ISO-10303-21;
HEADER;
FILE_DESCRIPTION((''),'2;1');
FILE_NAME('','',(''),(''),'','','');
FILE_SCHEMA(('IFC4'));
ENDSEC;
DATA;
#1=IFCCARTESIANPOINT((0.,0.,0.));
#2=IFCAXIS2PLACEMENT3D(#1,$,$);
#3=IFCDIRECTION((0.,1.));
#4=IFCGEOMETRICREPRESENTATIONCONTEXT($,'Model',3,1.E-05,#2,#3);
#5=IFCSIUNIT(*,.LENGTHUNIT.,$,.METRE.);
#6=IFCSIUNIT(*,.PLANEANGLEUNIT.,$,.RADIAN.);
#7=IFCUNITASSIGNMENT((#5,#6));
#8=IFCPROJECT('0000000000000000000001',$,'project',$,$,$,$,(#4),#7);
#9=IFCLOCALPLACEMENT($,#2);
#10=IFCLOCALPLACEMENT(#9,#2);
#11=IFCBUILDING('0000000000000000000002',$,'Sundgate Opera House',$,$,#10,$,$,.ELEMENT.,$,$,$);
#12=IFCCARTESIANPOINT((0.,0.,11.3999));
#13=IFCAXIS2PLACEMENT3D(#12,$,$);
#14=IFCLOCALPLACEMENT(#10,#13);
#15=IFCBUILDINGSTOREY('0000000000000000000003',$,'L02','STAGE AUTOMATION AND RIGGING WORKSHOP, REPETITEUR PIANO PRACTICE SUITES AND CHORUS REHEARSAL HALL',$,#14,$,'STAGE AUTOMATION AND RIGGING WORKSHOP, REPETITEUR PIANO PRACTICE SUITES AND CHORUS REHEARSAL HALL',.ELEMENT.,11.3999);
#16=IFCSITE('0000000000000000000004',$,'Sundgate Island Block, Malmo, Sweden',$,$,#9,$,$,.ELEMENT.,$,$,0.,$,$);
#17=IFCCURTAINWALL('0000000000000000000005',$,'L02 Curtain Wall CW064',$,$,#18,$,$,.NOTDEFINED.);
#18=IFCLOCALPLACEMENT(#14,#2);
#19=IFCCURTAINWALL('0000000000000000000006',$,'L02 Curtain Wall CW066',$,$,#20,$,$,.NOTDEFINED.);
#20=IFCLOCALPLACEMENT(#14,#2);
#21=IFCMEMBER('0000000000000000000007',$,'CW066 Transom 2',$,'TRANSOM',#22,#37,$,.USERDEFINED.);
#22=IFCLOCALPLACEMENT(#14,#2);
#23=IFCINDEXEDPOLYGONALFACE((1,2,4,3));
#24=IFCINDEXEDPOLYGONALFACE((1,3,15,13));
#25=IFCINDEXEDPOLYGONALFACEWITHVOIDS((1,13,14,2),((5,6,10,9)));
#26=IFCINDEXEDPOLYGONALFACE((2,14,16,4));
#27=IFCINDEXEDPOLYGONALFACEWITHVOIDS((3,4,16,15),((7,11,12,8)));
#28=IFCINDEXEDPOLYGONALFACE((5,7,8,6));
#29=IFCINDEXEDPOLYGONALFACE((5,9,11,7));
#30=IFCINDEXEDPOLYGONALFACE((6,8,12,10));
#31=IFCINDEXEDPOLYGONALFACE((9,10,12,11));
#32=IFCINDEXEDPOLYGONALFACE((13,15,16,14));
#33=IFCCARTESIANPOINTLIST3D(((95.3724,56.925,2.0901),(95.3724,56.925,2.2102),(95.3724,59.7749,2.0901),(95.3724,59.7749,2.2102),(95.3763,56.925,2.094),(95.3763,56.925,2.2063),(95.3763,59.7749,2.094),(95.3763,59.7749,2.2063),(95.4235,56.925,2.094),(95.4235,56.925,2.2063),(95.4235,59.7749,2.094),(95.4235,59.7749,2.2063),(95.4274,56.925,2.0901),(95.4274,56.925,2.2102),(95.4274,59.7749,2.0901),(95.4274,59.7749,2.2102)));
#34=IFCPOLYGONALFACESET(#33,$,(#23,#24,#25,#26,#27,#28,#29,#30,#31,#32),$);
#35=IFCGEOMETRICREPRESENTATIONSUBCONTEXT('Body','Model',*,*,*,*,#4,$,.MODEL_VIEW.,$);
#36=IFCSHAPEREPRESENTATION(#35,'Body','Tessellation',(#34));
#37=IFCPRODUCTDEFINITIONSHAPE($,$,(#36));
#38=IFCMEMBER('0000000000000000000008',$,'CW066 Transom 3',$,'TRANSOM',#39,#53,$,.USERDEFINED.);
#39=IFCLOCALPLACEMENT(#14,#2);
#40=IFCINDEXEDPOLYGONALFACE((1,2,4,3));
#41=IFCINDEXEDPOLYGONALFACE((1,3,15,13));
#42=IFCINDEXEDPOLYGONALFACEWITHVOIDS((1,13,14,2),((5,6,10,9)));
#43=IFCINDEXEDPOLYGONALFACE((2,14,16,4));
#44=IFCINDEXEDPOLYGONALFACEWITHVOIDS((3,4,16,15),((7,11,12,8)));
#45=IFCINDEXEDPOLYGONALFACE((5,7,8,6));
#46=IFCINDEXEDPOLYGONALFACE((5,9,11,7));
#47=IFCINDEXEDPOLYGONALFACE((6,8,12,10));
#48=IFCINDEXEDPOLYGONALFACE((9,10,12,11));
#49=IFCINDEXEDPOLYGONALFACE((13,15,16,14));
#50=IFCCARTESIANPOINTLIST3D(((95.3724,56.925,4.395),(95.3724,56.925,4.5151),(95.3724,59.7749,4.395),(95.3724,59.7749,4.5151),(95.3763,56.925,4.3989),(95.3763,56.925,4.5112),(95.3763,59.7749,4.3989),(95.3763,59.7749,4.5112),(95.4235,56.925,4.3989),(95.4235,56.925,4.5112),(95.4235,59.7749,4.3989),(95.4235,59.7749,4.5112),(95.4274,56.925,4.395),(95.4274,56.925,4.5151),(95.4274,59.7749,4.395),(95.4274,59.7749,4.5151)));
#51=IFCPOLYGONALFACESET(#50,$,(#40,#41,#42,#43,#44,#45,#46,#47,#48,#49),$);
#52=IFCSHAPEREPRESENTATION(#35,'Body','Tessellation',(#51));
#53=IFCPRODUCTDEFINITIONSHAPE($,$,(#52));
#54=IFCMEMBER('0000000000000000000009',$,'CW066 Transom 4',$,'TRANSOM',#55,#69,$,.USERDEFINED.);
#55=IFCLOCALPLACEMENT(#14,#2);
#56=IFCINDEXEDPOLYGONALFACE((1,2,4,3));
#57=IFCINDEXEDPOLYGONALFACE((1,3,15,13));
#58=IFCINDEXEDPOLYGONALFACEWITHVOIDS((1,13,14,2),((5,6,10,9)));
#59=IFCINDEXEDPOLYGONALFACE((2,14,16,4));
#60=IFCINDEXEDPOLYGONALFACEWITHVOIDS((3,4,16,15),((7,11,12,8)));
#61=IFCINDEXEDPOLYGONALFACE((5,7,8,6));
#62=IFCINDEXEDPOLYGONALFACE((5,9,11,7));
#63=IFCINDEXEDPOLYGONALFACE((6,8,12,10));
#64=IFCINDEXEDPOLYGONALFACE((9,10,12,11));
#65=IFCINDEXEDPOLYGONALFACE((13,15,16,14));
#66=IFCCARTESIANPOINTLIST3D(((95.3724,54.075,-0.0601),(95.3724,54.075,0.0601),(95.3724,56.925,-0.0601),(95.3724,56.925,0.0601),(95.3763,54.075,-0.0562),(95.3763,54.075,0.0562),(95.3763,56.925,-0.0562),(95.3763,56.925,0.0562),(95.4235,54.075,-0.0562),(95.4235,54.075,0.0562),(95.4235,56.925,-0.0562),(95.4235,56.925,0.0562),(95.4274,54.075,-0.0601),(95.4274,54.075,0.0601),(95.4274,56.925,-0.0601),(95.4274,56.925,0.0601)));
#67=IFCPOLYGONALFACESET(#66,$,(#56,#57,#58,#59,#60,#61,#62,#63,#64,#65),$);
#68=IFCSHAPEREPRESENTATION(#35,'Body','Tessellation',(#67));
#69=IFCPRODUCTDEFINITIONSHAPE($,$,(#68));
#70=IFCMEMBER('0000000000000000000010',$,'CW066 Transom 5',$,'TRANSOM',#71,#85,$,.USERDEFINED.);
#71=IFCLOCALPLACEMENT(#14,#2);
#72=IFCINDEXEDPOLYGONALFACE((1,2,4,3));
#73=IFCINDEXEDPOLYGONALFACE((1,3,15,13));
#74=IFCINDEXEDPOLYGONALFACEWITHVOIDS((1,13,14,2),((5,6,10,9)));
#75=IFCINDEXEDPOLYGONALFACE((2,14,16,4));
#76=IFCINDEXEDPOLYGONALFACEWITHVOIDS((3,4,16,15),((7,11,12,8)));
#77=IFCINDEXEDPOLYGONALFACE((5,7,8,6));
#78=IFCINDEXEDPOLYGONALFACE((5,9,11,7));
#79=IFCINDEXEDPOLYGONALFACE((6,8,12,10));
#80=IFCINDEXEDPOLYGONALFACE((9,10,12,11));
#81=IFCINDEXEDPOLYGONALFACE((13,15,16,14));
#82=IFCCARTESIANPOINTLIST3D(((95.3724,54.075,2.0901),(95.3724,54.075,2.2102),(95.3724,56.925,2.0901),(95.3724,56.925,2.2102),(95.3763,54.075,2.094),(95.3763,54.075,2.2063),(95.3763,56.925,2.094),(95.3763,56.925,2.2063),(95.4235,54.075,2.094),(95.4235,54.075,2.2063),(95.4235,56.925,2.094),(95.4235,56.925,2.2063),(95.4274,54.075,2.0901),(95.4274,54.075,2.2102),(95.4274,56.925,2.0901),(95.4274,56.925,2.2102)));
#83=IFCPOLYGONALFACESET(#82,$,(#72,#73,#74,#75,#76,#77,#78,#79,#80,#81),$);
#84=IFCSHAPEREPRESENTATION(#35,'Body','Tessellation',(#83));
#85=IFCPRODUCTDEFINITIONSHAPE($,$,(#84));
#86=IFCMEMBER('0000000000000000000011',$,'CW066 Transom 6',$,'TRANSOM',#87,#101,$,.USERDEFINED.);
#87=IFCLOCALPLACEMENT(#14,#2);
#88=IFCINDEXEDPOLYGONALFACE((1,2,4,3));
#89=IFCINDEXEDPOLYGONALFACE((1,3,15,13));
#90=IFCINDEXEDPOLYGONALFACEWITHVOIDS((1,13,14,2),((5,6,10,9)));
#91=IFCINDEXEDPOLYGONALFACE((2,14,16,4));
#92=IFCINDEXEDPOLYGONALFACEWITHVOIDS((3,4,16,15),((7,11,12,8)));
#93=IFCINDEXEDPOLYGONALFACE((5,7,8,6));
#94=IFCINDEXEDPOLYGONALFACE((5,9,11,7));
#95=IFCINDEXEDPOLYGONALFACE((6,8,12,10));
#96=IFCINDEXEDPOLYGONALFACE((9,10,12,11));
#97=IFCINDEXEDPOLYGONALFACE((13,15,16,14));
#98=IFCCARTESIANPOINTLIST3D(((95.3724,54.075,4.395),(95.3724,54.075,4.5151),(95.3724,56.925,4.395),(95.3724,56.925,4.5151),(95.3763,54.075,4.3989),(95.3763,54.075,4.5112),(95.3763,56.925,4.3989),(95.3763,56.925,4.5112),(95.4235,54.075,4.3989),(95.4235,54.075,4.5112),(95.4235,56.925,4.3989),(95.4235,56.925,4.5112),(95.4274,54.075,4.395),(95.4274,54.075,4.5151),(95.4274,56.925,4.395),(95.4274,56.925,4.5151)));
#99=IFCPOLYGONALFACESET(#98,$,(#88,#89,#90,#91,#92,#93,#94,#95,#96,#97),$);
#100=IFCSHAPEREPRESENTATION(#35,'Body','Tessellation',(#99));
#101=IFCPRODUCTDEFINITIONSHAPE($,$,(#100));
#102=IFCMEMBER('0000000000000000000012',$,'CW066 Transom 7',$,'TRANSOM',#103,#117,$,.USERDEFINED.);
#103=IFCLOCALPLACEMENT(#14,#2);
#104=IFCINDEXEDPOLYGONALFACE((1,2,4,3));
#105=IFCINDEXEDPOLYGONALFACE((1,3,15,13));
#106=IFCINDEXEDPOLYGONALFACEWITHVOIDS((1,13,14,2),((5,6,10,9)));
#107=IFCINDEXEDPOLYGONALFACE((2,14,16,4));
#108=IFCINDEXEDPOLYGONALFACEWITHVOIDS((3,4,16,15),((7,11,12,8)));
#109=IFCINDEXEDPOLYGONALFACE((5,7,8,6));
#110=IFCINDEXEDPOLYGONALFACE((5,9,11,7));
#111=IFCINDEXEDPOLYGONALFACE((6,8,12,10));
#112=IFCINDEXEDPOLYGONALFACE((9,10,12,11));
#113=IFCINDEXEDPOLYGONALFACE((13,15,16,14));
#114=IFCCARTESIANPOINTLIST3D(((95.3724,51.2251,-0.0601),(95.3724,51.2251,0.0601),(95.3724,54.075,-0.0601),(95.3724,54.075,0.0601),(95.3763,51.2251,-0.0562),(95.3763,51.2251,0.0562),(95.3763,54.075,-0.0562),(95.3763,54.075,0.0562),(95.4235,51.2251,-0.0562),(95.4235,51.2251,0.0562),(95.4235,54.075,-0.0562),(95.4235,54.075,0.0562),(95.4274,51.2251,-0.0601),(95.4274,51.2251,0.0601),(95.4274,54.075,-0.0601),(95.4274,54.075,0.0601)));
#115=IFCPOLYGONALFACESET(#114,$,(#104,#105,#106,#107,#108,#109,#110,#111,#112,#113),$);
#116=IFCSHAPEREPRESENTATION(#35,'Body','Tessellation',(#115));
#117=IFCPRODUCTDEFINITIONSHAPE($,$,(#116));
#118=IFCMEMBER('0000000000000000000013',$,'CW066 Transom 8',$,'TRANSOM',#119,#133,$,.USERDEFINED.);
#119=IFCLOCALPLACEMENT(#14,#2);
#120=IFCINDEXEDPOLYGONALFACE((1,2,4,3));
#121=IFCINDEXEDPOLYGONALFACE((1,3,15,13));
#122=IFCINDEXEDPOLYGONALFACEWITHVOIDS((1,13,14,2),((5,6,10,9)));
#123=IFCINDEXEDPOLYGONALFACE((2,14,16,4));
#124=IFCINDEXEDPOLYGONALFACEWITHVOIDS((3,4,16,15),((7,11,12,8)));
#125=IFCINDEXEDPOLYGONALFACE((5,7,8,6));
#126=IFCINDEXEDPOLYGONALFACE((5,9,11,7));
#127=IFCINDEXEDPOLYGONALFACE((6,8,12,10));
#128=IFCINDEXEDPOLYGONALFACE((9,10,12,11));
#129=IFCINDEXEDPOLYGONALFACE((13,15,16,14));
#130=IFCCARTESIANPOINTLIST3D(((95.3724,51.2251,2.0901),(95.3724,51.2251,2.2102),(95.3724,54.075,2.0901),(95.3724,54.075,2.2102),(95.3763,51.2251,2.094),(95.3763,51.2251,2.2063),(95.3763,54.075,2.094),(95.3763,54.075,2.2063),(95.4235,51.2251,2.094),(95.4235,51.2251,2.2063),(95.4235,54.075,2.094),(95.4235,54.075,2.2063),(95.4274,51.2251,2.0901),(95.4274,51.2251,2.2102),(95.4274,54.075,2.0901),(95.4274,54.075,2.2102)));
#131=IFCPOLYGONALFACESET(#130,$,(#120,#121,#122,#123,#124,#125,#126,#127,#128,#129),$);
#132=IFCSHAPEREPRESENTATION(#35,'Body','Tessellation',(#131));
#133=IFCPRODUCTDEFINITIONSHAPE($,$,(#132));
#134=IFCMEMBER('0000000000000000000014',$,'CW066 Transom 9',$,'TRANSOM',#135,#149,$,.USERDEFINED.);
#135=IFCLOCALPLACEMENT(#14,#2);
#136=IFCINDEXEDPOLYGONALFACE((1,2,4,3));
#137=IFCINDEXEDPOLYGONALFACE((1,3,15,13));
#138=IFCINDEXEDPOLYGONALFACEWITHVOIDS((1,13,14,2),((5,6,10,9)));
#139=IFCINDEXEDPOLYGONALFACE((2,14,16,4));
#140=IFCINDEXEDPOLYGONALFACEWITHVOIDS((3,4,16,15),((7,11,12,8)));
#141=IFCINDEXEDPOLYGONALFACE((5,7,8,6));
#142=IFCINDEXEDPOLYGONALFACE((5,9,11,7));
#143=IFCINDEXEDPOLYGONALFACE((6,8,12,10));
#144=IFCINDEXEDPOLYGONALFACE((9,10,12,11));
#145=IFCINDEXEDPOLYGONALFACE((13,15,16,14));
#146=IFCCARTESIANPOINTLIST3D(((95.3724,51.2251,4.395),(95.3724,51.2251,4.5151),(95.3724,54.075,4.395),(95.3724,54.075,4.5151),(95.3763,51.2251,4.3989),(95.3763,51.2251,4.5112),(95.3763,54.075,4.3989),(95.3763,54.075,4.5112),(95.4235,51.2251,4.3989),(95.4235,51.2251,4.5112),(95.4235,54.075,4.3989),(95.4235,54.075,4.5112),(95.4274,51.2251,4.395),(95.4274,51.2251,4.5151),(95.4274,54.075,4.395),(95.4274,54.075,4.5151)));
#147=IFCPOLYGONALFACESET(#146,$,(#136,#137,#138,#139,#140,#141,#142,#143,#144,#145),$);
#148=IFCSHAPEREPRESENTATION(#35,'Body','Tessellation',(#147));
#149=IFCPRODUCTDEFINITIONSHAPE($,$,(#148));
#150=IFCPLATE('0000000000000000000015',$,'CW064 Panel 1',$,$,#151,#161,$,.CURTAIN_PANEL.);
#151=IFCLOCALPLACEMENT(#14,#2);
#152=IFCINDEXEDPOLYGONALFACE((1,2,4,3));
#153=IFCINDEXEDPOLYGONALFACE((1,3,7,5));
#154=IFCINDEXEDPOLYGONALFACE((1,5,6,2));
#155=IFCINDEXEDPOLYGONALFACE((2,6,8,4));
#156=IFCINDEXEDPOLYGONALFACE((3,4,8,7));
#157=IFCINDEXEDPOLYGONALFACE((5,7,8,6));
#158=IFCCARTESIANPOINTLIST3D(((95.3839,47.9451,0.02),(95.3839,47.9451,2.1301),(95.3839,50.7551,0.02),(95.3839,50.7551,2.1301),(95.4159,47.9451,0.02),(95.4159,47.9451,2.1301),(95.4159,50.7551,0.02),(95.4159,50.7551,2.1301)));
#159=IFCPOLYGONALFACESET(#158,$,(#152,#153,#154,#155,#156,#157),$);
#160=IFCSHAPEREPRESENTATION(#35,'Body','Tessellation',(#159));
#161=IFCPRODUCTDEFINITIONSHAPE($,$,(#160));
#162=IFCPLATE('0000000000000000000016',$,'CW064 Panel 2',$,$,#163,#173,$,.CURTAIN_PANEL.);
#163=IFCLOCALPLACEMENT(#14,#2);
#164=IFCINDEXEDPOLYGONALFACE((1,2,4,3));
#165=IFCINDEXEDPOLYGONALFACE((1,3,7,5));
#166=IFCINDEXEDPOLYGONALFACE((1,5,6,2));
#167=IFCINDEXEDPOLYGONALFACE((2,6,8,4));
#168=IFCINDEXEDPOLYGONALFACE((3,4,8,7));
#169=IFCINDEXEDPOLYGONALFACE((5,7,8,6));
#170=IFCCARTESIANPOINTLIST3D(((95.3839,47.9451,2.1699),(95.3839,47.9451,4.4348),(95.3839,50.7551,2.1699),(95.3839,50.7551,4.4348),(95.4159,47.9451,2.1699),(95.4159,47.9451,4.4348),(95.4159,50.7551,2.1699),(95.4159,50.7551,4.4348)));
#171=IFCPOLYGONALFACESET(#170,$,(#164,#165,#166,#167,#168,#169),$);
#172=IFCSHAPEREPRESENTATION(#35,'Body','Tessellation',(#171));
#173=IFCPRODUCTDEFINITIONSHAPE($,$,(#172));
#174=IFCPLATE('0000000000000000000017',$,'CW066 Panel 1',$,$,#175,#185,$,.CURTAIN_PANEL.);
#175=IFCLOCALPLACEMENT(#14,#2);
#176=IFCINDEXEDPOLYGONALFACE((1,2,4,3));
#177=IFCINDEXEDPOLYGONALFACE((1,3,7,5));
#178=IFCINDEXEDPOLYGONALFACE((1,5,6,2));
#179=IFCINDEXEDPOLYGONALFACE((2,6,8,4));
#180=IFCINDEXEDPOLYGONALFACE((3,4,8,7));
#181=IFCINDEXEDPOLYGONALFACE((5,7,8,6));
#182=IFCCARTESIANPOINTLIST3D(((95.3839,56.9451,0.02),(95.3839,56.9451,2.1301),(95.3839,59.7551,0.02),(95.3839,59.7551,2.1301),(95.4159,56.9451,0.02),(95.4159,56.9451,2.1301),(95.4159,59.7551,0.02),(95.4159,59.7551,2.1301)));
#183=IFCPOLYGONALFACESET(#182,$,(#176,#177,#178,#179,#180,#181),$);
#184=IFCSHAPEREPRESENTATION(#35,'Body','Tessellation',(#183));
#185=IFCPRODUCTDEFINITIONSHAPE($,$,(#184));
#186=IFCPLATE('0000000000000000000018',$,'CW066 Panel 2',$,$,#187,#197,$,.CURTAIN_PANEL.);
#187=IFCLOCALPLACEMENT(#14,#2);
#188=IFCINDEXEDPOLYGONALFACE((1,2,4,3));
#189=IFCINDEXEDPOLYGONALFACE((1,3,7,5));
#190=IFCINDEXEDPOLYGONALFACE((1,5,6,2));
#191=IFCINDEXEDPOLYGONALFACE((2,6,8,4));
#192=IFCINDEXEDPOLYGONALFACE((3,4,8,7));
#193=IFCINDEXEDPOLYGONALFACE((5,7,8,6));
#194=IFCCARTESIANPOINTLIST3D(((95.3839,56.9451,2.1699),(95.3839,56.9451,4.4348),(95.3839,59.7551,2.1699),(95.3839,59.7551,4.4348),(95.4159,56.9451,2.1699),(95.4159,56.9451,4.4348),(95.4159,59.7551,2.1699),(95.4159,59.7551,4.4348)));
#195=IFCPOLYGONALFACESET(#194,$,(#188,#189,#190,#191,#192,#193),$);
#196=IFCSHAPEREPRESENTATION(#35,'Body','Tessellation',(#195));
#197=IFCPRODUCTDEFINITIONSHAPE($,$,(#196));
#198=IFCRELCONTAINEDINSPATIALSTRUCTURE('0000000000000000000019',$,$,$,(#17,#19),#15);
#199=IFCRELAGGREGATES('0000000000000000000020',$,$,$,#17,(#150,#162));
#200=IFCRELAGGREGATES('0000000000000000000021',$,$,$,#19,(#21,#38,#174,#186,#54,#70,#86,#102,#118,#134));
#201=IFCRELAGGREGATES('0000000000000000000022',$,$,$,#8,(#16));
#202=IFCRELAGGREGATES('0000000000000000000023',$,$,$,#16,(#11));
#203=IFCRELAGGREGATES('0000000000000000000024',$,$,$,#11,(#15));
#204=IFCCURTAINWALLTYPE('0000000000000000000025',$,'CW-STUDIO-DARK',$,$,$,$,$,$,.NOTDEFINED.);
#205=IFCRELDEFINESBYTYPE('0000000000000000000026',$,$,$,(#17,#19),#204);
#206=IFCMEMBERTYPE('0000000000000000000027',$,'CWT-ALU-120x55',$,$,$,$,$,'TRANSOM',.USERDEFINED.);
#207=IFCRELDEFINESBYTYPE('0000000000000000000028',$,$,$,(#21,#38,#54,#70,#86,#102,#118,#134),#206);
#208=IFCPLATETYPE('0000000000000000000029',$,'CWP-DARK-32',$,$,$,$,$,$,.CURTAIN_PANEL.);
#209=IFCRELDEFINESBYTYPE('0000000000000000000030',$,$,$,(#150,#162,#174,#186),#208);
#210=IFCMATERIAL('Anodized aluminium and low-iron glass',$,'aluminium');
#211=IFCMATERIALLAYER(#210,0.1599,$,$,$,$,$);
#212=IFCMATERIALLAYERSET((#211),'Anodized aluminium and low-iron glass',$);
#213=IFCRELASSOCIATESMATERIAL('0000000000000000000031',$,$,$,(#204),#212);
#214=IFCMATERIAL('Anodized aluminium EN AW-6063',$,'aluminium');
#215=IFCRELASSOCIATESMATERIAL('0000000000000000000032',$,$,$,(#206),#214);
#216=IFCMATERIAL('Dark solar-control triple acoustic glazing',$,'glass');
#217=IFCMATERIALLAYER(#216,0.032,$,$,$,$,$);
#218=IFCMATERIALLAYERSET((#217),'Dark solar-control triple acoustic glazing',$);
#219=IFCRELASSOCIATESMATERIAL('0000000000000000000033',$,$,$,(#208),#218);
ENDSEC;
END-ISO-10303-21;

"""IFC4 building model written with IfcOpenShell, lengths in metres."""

from ifc_helpers import new_model, si_unit, direction, frame, origin, origin_2d, place, context, subcontext, project, spatial, rectangle, hollow_rectangle, extrude, material, layer, layer_set, material_profile, profile_set, type_object, element, aggregate, save


model = new_model("IFC4")

# Units and contexts
model_context = context("Model", 3, precision=1e-05, world=origin(), true_north=direction((0.0, 1.0)))
body_context = subcontext(model_context, "Body", "Model", "MODEL_VIEW")
ifc_project = project(units=[si_unit("LENGTHUNIT", "METRE"), si_unit("PLANEANGLEUNIT", "RADIAN")], contexts=[model_context])

# Site, building, storey
site_placement = place(None, origin())
site = spatial("IfcSite", under=ifc_project, at=site_placement, Name="Sundgate Island Block, Malmo, Sweden", CompositionType="ELEMENT", RefElevation=0.0)
building_placement = place(site_placement, origin())
building = spatial("IfcBuilding", under=site, at=building_placement, Name="Sundgate Opera House", CompositionType="ELEMENT")
storey_placement = place(building_placement, frame((0.0, 0.0, 11.3999)))
storey = spatial("IfcBuildingStorey", under=building, at=storey_placement, Name="L02", Description="STAGE AUTOMATION AND RIGGING WORKSHOP, REPETITEUR PIANO PRACTICE SUITES AND CHORUS REHEARSAL HALL", LongName="STAGE AUTOMATION AND RIGGING WORKSHOP, REPETITEUR PIANO PRACTICE SUITES AND CHORUS REHEARSAL HALL", CompositionType="ELEMENT", Elevation=11.3999)

# Curtain wall
ifc_material_1 = material(Name="Anodized aluminium and low-iron glass", Category="aluminium")
ifc_layer_1 = layer(ifc_material_1, 0.1599)
ifc_layer_set_1 = layer_set([ifc_layer_1], Name="Anodized aluminium and low-iron glass")
curtain_wall_type = type_object("IfcCurtainWallType", Name="CW-STUDIO-DARK", PredefinedType="NOTDEFINED", material=ifc_layer_set_1)
curtain_wall_1_placement = place(storey_placement, origin())
curtain_wall_1 = element("IfcCurtainWall", 1, at=curtain_wall_1_placement, inside=storey, type_object=curtain_wall_type, Name="L02 Curtain Wall CW064", PredefinedType="NOTDEFINED")

# Curtain wall
curtain_wall_2_placement = place(storey_placement, origin())
curtain_wall_2 = element("IfcCurtainWall", 2, at=curtain_wall_2_placement, inside=storey, type_object=curtain_wall_type, Name="L02 Curtain Wall CW066", PredefinedType="NOTDEFINED")

# Members
ifc_material_2 = material(Name="Anodized aluminium EN AW-6063", Category="aluminium")
ifc_material_profile_1 = material_profile(ifc_material_2, hollow_rectangle(XDim=0.0549, YDim=0.1201, WallThickness=0.0039, at=origin_2d()), Name="CWT 120x55x4")
ifc_profile_set_1 = profile_set([ifc_material_profile_1], Name="Anodized aluminium EN AW-6063")
member_type_1 = type_object("IfcMemberType", Name="CWT-ALU-120x55", ElementType="TRANSOM", PredefinedType="USERDEFINED", material=ifc_profile_set_1)
member_1_placement = place(storey_placement, frame((95.3999, 59.7749, 2.1501), z_axis=(0.0, -1.0, 0.0), x_axis=(1.0, 0.0, 0.0)))
member_1 = element("IfcMember", 3, at=member_1_placement, type_object=member_type_1, Name="CW066 Transom 2", ObjectType="TRANSOM", PredefinedType="USERDEFINED", context=body_context, shape_type="SweptSolid", body=[
    extrude(hollow_rectangle(XDim=0.0549, YDim=0.1201, WallThickness=0.0039, at=origin_2d()), origin(), (0.0, 0.0, 1.0), 2.8499),
])
member_2_placement = place(storey_placement, frame((95.3999, 59.7749, 4.4551), z_axis=(0.0, -1.0, 0.0), x_axis=(1.0, 0.0, 0.0)))
member_2 = element("IfcMember", 4, at=member_2_placement, type_object=member_type_1, Name="CW066 Transom 3", ObjectType="TRANSOM", PredefinedType="USERDEFINED", context=body_context, shape_type="SweptSolid", body=[
    extrude(hollow_rectangle(XDim=0.0549, YDim=0.1201, WallThickness=0.0039, at=origin_2d()), origin(), (0.0, 0.0, 1.0), 2.8499),
])
member_3_placement = place(storey_placement, frame((95.3999, 56.925, 0.0), z_axis=(0.0, -1.0, 0.0), x_axis=(1.0, 0.0, 0.0)))
member_3 = element("IfcMember", 5, at=member_3_placement, type_object=member_type_1, Name="CW066 Transom 4", ObjectType="TRANSOM", PredefinedType="USERDEFINED", context=body_context, shape_type="SweptSolid", body=[
    extrude(hollow_rectangle(XDim=0.0549, YDim=0.1201, WallThickness=0.0039, at=origin_2d()), origin(), (0.0, 0.0, 1.0), 2.8501),
])
member_4_placement = place(storey_placement, frame((95.3999, 56.925, 2.1501), z_axis=(0.0, -1.0, 0.0), x_axis=(1.0, 0.0, 0.0)))
member_4 = element("IfcMember", 6, at=member_4_placement, type_object=member_type_1, Name="CW066 Transom 5", ObjectType="TRANSOM", PredefinedType="USERDEFINED", context=body_context, shape_type="SweptSolid", body=[
    extrude(hollow_rectangle(XDim=0.0549, YDim=0.1201, WallThickness=0.0039, at=origin_2d()), origin(), (0.0, 0.0, 1.0), 2.8501),
])
member_5_placement = place(storey_placement, frame((95.3999, 56.925, 4.4551), z_axis=(0.0, -1.0, 0.0), x_axis=(1.0, 0.0, 0.0)))
member_5 = element("IfcMember", 7, at=member_5_placement, type_object=member_type_1, Name="CW066 Transom 6", ObjectType="TRANSOM", PredefinedType="USERDEFINED", context=body_context, shape_type="SweptSolid", body=[
    extrude(hollow_rectangle(XDim=0.0549, YDim=0.1201, WallThickness=0.0039, at=origin_2d()), origin(), (0.0, 0.0, 1.0), 2.8501),
])
member_6_placement = place(storey_placement, frame((95.3999, 54.075, 0.0), z_axis=(0.0, -1.0, 0.0), x_axis=(1.0, 0.0, 0.0)))
member_6 = element("IfcMember", 8, at=member_6_placement, type_object=member_type_1, Name="CW066 Transom 7", ObjectType="TRANSOM", PredefinedType="USERDEFINED", context=body_context, shape_type="SweptSolid", body=[
    extrude(hollow_rectangle(XDim=0.0549, YDim=0.1201, WallThickness=0.0039, at=origin_2d()), origin(), (0.0, 0.0, 1.0), 2.8499),
])
member_7_placement = place(storey_placement, frame((95.3999, 54.075, 2.1501), z_axis=(0.0, -1.0, 0.0), x_axis=(1.0, 0.0, 0.0)))
member_7 = element("IfcMember", 9, at=member_7_placement, type_object=member_type_1, Name="CW066 Transom 8", ObjectType="TRANSOM", PredefinedType="USERDEFINED", context=body_context, shape_type="SweptSolid", body=[
    extrude(hollow_rectangle(XDim=0.0549, YDim=0.1201, WallThickness=0.0039, at=origin_2d()), origin(), (0.0, 0.0, 1.0), 2.8499),
])
member_8_placement = place(storey_placement, frame((95.3999, 54.075, 4.4551), z_axis=(0.0, -1.0, 0.0), x_axis=(1.0, 0.0, 0.0)))
member_8 = element("IfcMember", 10, at=member_8_placement, type_object=member_type_1, Name="CW066 Transom 9", ObjectType="TRANSOM", PredefinedType="USERDEFINED", context=body_context, shape_type="SweptSolid", body=[
    extrude(hollow_rectangle(XDim=0.0549, YDim=0.1201, WallThickness=0.0039, at=origin_2d()), origin(), (0.0, 0.0, 1.0), 2.8499),
])

# Plates
ifc_material_3 = material(Name="Dark solar-control triple acoustic glazing", Category="glass")
ifc_layer_2 = layer(ifc_material_3, 0.032)
ifc_layer_set_2 = layer_set([ifc_layer_2], Name="Dark solar-control triple acoustic glazing")
plate_type_1 = type_object("IfcPlateType", Name="CWP-DARK-32", PredefinedType="CURTAIN_PANEL", material=ifc_layer_set_2)
plate_1_placement = place(storey_placement, frame((95.3999, 49.3501, 0.02), z_axis=(0.0, 0.0, 1.0), x_axis=(0.0, -1.0, 0.0)))
plate_1 = element("IfcPlate", 11, at=plate_1_placement, type_object=plate_type_1, Name="CW064 Panel 1", PredefinedType="CURTAIN_PANEL", context=body_context, shape_type="SweptSolid", body=[
    extrude(rectangle(XDim=2.8101, YDim=0.032, at=origin_2d()), origin(), (0.0, 0.0, 1.0), 2.1101),
])
plate_2_placement = place(storey_placement, frame((95.3999, 49.3501, 2.1699), z_axis=(0.0, 0.0, 1.0), x_axis=(0.0, -1.0, 0.0)))
plate_2 = element("IfcPlate", 12, at=plate_2_placement, type_object=plate_type_1, Name="CW064 Panel 2", PredefinedType="CURTAIN_PANEL", context=body_context, shape_type="SweptSolid", body=[
    extrude(rectangle(XDim=2.8101, YDim=0.032, at=origin_2d()), origin(), (0.0, 0.0, 1.0), 2.2649),
])
aggregate(curtain_wall_1, [plate_1, plate_2])
plate_3_placement = place(storey_placement, frame((95.3999, 58.3501, 0.02), z_axis=(0.0, 0.0, 1.0), x_axis=(0.0, -1.0, 0.0)))
plate_3 = element("IfcPlate", 13, at=plate_3_placement, type_object=plate_type_1, Name="CW066 Panel 1", PredefinedType="CURTAIN_PANEL", context=body_context, shape_type="SweptSolid", body=[
    extrude(rectangle(XDim=2.8101, YDim=0.032, at=origin_2d()), origin(), (0.0, 0.0, 1.0), 2.1101),
])
plate_4_placement = place(storey_placement, frame((95.3999, 58.3501, 2.1699), z_axis=(0.0, 0.0, 1.0), x_axis=(0.0, -1.0, 0.0)))
plate_4 = element("IfcPlate", 14, at=plate_4_placement, type_object=plate_type_1, Name="CW066 Panel 2", PredefinedType="CURTAIN_PANEL", context=body_context, shape_type="SweptSolid", body=[
    extrude(rectangle(XDim=2.8101, YDim=0.032, at=origin_2d()), origin(), (0.0, 0.0, 1.0), 2.2649),
])
aggregate(curtain_wall_2, [member_1, member_2, plate_3, plate_4, member_3, member_4, member_5, member_6, member_7, member_8])

save(model, "model.ifc")
